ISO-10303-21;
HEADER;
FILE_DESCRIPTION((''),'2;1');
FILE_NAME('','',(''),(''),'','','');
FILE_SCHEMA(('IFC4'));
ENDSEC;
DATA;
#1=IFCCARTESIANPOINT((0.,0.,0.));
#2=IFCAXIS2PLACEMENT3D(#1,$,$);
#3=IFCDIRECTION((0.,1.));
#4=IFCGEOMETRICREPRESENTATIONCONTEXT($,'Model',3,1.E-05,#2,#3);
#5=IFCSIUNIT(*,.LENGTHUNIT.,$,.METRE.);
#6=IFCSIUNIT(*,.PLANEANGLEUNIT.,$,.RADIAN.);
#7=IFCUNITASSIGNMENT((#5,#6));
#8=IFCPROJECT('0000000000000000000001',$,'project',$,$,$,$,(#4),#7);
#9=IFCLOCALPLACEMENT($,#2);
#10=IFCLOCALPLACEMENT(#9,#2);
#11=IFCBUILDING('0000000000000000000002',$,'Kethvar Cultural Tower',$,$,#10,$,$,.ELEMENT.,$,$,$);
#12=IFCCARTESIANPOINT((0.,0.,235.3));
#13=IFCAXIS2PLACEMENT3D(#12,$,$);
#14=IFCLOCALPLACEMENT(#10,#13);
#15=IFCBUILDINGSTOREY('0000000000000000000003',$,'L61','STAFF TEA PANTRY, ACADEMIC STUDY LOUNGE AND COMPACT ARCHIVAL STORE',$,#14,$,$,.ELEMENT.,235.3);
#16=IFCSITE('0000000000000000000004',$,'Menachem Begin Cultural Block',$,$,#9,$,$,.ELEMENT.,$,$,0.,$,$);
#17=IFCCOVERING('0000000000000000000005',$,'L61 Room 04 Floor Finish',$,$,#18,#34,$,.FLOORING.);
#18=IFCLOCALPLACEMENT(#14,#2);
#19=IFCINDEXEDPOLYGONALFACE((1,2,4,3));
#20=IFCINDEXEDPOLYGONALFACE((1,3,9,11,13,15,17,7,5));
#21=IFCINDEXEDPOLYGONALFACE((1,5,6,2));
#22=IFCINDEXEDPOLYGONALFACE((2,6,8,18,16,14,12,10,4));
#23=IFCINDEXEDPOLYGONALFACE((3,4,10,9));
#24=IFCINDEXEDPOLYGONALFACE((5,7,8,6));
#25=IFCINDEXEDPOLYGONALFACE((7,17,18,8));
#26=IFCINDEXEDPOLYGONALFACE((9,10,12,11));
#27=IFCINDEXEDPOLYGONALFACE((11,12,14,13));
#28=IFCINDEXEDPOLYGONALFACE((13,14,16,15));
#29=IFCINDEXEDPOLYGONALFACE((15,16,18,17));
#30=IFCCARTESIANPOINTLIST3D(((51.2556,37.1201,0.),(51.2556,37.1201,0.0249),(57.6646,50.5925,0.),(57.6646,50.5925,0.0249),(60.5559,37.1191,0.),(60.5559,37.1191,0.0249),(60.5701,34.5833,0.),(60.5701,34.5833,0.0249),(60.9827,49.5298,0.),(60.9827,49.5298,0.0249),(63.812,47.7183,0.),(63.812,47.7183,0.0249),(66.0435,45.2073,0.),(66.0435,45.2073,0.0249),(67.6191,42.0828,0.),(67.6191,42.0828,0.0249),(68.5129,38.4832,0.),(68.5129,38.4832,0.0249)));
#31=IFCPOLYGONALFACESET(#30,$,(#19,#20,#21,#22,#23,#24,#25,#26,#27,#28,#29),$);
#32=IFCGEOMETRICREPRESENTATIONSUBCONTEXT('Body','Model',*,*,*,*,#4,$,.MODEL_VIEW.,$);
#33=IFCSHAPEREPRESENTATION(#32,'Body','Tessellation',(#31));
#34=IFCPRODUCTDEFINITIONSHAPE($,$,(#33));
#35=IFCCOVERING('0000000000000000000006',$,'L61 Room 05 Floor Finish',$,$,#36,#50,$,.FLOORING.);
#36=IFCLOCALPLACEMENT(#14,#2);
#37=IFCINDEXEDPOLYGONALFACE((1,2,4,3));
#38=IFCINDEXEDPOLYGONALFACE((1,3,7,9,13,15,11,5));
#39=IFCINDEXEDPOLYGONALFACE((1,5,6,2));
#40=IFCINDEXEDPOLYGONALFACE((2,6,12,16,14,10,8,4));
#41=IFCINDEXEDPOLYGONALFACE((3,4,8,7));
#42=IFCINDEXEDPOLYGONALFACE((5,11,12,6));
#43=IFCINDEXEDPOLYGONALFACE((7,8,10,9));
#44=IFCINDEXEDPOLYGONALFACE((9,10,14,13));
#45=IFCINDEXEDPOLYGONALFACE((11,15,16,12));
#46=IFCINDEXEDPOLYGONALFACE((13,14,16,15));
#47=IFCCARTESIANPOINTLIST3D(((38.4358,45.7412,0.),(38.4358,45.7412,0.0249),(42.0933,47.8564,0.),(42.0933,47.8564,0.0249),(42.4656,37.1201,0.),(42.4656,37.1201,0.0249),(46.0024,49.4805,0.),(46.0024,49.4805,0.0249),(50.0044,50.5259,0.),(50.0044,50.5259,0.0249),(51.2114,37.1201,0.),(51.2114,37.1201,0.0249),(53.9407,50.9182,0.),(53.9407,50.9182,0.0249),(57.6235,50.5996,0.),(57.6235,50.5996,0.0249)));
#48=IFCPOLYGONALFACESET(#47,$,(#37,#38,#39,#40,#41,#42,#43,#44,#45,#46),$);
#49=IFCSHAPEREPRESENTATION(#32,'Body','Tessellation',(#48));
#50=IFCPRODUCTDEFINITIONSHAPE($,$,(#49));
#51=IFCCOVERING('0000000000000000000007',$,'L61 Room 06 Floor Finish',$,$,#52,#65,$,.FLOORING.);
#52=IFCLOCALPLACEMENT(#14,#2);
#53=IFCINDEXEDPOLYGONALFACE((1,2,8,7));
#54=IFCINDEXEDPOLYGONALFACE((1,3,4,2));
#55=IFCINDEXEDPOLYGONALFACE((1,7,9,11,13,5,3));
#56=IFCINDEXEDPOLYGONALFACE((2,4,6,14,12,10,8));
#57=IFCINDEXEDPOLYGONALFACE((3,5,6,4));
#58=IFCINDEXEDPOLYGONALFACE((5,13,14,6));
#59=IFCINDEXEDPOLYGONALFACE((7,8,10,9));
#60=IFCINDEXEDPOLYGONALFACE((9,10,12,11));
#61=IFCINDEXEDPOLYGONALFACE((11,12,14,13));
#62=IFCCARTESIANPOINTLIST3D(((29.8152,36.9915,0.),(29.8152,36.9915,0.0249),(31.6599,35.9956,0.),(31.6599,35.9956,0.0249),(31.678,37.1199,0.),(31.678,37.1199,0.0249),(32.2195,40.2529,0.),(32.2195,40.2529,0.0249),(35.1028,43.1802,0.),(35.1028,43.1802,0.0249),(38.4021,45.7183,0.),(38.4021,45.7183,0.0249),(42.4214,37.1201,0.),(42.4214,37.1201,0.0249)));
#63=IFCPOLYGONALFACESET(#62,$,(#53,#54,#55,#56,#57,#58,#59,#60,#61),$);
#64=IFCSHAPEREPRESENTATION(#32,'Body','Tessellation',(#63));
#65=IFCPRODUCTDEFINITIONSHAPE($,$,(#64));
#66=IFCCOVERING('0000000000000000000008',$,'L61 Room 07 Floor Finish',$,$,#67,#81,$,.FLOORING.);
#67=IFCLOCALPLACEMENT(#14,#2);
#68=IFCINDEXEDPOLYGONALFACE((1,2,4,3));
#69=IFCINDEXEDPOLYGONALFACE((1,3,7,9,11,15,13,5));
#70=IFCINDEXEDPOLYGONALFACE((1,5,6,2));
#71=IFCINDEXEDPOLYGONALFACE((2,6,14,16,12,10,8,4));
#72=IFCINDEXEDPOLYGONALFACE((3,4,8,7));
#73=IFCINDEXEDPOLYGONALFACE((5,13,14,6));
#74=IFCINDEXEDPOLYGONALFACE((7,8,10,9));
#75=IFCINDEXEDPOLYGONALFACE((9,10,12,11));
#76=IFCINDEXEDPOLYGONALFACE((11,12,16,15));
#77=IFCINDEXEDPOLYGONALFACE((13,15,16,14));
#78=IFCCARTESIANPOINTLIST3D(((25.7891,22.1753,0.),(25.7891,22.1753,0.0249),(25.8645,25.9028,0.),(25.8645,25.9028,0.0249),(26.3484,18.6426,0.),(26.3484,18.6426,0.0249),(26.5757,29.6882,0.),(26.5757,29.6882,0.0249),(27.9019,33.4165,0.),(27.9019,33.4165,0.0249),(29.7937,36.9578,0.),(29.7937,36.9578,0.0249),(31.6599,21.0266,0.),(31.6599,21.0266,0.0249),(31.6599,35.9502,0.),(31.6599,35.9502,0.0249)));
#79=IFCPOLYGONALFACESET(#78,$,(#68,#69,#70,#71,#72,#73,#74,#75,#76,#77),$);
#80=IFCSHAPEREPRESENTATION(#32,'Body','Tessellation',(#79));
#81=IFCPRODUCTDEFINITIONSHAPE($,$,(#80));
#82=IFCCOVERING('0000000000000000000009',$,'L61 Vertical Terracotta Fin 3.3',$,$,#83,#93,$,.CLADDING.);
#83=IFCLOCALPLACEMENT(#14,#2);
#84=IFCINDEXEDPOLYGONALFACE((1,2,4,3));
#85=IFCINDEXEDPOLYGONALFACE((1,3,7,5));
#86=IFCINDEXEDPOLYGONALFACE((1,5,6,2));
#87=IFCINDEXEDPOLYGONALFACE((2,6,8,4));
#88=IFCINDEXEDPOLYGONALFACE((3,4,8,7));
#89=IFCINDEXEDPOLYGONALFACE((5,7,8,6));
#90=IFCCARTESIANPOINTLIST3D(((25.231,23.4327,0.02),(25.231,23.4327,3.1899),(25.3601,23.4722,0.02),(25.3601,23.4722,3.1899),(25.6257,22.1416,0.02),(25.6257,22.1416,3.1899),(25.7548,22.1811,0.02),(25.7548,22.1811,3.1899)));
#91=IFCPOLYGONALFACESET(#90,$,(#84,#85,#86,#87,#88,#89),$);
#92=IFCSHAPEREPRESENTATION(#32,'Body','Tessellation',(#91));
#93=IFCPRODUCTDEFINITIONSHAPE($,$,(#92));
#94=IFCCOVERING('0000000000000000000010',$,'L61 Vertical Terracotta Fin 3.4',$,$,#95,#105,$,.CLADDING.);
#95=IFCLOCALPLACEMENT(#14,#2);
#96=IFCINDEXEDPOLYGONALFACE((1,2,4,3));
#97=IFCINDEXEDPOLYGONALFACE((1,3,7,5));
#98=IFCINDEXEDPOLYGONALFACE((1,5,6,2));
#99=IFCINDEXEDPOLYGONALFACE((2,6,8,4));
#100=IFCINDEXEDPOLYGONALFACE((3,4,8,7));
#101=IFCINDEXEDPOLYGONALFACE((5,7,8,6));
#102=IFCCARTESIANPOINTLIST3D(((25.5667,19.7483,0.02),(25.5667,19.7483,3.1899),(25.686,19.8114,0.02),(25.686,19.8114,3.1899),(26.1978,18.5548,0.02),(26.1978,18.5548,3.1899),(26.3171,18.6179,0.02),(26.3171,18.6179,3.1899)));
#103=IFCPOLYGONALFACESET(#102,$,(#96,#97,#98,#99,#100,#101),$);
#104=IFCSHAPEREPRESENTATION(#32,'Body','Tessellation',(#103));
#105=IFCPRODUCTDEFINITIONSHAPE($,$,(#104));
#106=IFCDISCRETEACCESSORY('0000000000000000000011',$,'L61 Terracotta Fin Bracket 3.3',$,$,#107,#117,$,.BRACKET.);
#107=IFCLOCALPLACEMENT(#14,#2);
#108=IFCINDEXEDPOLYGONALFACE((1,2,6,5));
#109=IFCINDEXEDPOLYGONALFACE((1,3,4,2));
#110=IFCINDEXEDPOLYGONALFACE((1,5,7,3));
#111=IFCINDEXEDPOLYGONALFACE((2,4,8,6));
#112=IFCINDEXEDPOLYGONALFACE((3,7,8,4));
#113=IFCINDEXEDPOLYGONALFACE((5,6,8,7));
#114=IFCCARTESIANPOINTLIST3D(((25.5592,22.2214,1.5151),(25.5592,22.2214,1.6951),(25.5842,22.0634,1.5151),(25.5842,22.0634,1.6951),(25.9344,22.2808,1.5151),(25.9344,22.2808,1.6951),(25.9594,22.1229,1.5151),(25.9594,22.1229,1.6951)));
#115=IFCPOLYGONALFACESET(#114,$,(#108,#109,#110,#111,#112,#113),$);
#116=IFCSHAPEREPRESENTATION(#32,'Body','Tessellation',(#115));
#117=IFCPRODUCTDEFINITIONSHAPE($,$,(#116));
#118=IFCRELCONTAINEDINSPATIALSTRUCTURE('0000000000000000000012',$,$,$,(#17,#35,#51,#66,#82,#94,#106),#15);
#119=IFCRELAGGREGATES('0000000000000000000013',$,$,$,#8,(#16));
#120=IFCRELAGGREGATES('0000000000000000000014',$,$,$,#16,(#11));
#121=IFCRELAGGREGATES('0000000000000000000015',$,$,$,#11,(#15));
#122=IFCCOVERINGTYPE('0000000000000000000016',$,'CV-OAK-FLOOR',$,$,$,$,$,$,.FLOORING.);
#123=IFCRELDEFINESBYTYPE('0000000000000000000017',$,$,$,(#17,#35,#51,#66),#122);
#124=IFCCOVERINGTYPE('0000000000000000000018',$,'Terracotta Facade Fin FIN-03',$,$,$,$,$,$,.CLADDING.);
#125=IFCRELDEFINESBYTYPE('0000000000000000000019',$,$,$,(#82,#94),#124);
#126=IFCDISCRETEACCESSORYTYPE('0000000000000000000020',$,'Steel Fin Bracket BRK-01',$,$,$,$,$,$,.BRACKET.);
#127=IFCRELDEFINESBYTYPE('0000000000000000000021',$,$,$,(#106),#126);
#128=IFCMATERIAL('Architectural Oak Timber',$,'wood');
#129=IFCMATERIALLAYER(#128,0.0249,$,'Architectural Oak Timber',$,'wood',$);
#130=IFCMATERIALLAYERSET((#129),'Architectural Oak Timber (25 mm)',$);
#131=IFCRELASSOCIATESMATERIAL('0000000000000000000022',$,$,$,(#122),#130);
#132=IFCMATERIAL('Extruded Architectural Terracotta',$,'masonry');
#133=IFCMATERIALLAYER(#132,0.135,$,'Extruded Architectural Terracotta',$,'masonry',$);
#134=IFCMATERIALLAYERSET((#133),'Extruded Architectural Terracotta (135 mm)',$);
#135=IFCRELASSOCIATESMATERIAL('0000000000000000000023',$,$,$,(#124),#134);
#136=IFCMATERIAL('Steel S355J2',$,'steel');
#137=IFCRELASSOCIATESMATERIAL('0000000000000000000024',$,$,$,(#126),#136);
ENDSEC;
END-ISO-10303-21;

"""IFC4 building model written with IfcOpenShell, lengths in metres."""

from ifc_helpers import new_model, si_unit, direction, frame, origin, origin_2d, place, context, subcontext, project, spatial, polyline, rectangle, outline, extrude, source, transform, mapped, material, layer, layer_set, type_object, element, save


model = new_model("IFC4")

# Units and contexts
model_context = context("Model", 3, precision=1e-05, world=origin(), true_north=direction((0.0, 1.0)))
body_context = subcontext(model_context, "Body", "Model", "MODEL_VIEW")
ifc_project = project(units=[si_unit("LENGTHUNIT", "METRE"), si_unit("PLANEANGLEUNIT", "RADIAN")], contexts=[model_context])

# Site, building, storey
site_placement = place(None, origin())
site = spatial("IfcSite", under=ifc_project, at=site_placement, Name="Menachem Begin Cultural Block", CompositionType="ELEMENT", RefElevation=0.0)
building_placement = place(site_placement, origin())
building = spatial("IfcBuilding", under=site, at=building_placement, Name="Kethvar Cultural Tower", CompositionType="ELEMENT")
storey_placement = place(building_placement, frame((0.0, 0.0, 235.3)))
storey = spatial("IfcBuildingStorey", under=building, at=storey_placement, Name="L61", Description="STAFF TEA PANTRY, ACADEMIC STUDY LOUNGE AND COMPACT ARCHIVAL STORE", CompositionType="ELEMENT", Elevation=235.3)

# Coverings
ifc_material_1 = material(Name="Architectural Oak Timber", Category="wood")
ifc_layer_1 = layer(ifc_material_1, 0.0249, Name="Architectural Oak Timber", Category="wood")
ifc_layer_set_1 = layer_set([ifc_layer_1], Name="Architectural Oak Timber (25 mm)")
covering_type_1 = type_object("IfcCoveringType", Name="CV-OAK-FLOOR", PredefinedType="FLOORING", material=ifc_layer_set_1)
covering_1_placement = place(storey_placement, origin())
element("IfcCovering", 1, at=covering_1_placement, inside=storey, type_object=covering_type_1, Name="L61 Room 04 Floor Finish", PredefinedType="FLOORING", context=body_context, shape_type="SweptSolid", body=[
    extrude(outline(polyline([(67.6191, 42.0828), (68.5129, 38.4832), (60.5701, 34.5833), (60.5559, 37.1191), (51.2556, 37.1201), (57.6646, 50.5925), (60.9827, 49.5298), (63.812, 47.7183), (66.0435, 45.2073), (67.6191, 42.0828)])), origin(), (0.0, 0.0, 1.0), 0.0249),
])
covering_2_placement = place(storey_placement, origin())
element("IfcCovering", 2, at=covering_2_placement, inside=storey, type_object=covering_type_1, Name="L61 Room 05 Floor Finish", PredefinedType="FLOORING", context=body_context, shape_type="SweptSolid", body=[
    extrude(outline(polyline([(42.0933, 47.8564), (46.0024, 49.4805), (50.0044, 50.5259), (53.9407, 50.9182), (57.6235, 50.5996), (51.2114, 37.1201), (42.4656, 37.1201), (38.4358, 45.7412), (42.0933, 47.8564)])), origin(), (0.0, 0.0, 1.0), 0.0249),
])
covering_3_placement = place(storey_placement, origin())
element("IfcCovering", 3, at=covering_3_placement, inside=storey, type_object=covering_type_1, Name="L61 Room 06 Floor Finish", PredefinedType="FLOORING", context=body_context, shape_type="SweptSolid", body=[
    extrude(outline(polyline([(32.2195, 40.2529), (35.1028, 43.1802), (38.4021, 45.7183), (42.4214, 37.1201), (31.678, 37.1199), (31.6599, 35.9956), (29.8152, 36.9915), (32.2195, 40.2529)])), origin(), (0.0, 0.0, 1.0), 0.0249),
])
covering_4_placement = place(storey_placement, origin())
element("IfcCovering", 4, at=covering_4_placement, inside=storey, type_object=covering_type_1, Name="L61 Room 07 Floor Finish", PredefinedType="FLOORING", context=body_context, shape_type="SweptSolid", body=[
    extrude(outline(polyline([(25.7891, 22.1753), (25.8645, 25.9028), (26.5757, 29.6882), (27.9019, 33.4165), (29.7937, 36.9578), (31.6599, 35.9502), (31.6599, 21.0266), (26.3484, 18.6426), (25.7891, 22.1753)])), origin(), (0.0, 0.0, 1.0), 0.0249),
])
ifc_material_2 = material(Name="Extruded Architectural Terracotta", Category="masonry")
ifc_layer_2 = layer(ifc_material_2, 0.135, Name="Extruded Architectural Terracotta", Category="masonry")
ifc_layer_set_2 = layer_set([ifc_layer_2], Name="Extruded Architectural Terracotta (135 mm)")
covering_type_2 = type_object("IfcCoveringType", Name="Terracotta Facade Fin FIN-03", PredefinedType="CLADDING", material=ifc_layer_set_2)
shared_shape_1 = source(origin(), body_context, "Body", "SweptSolid", [
    extrude(rectangle(XDim=1.3501, YDim=0.135, at=origin_2d()), origin(), (0.0, 0.0, 1.0), 3.1699),
])
for number, where, z_axis, x_axis, name in (
    (5, (25.4929, 22.8069, 0.02), (0.0, 0.0, 1.0), (-0.292372, 0.956305, 0.0), "L61 Vertical Terracotta Fin 3.3"),
    (6, (25.9419, 19.1831, 0.02), (0.0, 0.0, 1.0), (-0.467467, 0.884011, 0.0), "L61 Vertical Terracotta Fin 3.4"),
):
    element("IfcCovering", number, at=place(storey_placement, frame(where, z_axis=z_axis, x_axis=x_axis)), inside=storey, type_object=covering_type_2, Name=name, PredefinedType="CLADDING", context=body_context, shape_type="MappedRepresentation", body=[
        mapped(shared_shape_1, transform((0.0, 0.0, 0.0), scale=1.0)),
    ])

# Discrete accessory
ifc_material_3 = material(Name="Steel S355J2", Category="steel")
discrete_accessory_type = type_object("IfcDiscreteAccessoryType", Name="Steel Fin Bracket BRK-01", PredefinedType="BRACKET", material=ifc_material_3)
shared_shape_2 = source(origin(), body_context, "Body", "SweptSolid", [
    extrude(rectangle(XDim=0.3799, YDim=0.1599, at=origin_2d()), origin(), (0.0, 0.0, 1.0), 0.1799),
])
discrete_accessory_placement = place(storey_placement, frame((25.7593, 22.1721, 1.5151), z_axis=(0.0, 0.0, 1.0), x_axis=(-0.987688, -0.156434, 0.0)))
element("IfcDiscreteAccessory", 7, at=discrete_accessory_placement, inside=storey, type_object=discrete_accessory_type, Name="L61 Terracotta Fin Bracket 3.3", PredefinedType="BRACKET", context=body_context, shape_type="MappedRepresentation", body=[
    mapped(shared_shape_2, transform((0.0, 0.0, 0.0), scale=1.0)),
])

save(model, "model.ifc")
